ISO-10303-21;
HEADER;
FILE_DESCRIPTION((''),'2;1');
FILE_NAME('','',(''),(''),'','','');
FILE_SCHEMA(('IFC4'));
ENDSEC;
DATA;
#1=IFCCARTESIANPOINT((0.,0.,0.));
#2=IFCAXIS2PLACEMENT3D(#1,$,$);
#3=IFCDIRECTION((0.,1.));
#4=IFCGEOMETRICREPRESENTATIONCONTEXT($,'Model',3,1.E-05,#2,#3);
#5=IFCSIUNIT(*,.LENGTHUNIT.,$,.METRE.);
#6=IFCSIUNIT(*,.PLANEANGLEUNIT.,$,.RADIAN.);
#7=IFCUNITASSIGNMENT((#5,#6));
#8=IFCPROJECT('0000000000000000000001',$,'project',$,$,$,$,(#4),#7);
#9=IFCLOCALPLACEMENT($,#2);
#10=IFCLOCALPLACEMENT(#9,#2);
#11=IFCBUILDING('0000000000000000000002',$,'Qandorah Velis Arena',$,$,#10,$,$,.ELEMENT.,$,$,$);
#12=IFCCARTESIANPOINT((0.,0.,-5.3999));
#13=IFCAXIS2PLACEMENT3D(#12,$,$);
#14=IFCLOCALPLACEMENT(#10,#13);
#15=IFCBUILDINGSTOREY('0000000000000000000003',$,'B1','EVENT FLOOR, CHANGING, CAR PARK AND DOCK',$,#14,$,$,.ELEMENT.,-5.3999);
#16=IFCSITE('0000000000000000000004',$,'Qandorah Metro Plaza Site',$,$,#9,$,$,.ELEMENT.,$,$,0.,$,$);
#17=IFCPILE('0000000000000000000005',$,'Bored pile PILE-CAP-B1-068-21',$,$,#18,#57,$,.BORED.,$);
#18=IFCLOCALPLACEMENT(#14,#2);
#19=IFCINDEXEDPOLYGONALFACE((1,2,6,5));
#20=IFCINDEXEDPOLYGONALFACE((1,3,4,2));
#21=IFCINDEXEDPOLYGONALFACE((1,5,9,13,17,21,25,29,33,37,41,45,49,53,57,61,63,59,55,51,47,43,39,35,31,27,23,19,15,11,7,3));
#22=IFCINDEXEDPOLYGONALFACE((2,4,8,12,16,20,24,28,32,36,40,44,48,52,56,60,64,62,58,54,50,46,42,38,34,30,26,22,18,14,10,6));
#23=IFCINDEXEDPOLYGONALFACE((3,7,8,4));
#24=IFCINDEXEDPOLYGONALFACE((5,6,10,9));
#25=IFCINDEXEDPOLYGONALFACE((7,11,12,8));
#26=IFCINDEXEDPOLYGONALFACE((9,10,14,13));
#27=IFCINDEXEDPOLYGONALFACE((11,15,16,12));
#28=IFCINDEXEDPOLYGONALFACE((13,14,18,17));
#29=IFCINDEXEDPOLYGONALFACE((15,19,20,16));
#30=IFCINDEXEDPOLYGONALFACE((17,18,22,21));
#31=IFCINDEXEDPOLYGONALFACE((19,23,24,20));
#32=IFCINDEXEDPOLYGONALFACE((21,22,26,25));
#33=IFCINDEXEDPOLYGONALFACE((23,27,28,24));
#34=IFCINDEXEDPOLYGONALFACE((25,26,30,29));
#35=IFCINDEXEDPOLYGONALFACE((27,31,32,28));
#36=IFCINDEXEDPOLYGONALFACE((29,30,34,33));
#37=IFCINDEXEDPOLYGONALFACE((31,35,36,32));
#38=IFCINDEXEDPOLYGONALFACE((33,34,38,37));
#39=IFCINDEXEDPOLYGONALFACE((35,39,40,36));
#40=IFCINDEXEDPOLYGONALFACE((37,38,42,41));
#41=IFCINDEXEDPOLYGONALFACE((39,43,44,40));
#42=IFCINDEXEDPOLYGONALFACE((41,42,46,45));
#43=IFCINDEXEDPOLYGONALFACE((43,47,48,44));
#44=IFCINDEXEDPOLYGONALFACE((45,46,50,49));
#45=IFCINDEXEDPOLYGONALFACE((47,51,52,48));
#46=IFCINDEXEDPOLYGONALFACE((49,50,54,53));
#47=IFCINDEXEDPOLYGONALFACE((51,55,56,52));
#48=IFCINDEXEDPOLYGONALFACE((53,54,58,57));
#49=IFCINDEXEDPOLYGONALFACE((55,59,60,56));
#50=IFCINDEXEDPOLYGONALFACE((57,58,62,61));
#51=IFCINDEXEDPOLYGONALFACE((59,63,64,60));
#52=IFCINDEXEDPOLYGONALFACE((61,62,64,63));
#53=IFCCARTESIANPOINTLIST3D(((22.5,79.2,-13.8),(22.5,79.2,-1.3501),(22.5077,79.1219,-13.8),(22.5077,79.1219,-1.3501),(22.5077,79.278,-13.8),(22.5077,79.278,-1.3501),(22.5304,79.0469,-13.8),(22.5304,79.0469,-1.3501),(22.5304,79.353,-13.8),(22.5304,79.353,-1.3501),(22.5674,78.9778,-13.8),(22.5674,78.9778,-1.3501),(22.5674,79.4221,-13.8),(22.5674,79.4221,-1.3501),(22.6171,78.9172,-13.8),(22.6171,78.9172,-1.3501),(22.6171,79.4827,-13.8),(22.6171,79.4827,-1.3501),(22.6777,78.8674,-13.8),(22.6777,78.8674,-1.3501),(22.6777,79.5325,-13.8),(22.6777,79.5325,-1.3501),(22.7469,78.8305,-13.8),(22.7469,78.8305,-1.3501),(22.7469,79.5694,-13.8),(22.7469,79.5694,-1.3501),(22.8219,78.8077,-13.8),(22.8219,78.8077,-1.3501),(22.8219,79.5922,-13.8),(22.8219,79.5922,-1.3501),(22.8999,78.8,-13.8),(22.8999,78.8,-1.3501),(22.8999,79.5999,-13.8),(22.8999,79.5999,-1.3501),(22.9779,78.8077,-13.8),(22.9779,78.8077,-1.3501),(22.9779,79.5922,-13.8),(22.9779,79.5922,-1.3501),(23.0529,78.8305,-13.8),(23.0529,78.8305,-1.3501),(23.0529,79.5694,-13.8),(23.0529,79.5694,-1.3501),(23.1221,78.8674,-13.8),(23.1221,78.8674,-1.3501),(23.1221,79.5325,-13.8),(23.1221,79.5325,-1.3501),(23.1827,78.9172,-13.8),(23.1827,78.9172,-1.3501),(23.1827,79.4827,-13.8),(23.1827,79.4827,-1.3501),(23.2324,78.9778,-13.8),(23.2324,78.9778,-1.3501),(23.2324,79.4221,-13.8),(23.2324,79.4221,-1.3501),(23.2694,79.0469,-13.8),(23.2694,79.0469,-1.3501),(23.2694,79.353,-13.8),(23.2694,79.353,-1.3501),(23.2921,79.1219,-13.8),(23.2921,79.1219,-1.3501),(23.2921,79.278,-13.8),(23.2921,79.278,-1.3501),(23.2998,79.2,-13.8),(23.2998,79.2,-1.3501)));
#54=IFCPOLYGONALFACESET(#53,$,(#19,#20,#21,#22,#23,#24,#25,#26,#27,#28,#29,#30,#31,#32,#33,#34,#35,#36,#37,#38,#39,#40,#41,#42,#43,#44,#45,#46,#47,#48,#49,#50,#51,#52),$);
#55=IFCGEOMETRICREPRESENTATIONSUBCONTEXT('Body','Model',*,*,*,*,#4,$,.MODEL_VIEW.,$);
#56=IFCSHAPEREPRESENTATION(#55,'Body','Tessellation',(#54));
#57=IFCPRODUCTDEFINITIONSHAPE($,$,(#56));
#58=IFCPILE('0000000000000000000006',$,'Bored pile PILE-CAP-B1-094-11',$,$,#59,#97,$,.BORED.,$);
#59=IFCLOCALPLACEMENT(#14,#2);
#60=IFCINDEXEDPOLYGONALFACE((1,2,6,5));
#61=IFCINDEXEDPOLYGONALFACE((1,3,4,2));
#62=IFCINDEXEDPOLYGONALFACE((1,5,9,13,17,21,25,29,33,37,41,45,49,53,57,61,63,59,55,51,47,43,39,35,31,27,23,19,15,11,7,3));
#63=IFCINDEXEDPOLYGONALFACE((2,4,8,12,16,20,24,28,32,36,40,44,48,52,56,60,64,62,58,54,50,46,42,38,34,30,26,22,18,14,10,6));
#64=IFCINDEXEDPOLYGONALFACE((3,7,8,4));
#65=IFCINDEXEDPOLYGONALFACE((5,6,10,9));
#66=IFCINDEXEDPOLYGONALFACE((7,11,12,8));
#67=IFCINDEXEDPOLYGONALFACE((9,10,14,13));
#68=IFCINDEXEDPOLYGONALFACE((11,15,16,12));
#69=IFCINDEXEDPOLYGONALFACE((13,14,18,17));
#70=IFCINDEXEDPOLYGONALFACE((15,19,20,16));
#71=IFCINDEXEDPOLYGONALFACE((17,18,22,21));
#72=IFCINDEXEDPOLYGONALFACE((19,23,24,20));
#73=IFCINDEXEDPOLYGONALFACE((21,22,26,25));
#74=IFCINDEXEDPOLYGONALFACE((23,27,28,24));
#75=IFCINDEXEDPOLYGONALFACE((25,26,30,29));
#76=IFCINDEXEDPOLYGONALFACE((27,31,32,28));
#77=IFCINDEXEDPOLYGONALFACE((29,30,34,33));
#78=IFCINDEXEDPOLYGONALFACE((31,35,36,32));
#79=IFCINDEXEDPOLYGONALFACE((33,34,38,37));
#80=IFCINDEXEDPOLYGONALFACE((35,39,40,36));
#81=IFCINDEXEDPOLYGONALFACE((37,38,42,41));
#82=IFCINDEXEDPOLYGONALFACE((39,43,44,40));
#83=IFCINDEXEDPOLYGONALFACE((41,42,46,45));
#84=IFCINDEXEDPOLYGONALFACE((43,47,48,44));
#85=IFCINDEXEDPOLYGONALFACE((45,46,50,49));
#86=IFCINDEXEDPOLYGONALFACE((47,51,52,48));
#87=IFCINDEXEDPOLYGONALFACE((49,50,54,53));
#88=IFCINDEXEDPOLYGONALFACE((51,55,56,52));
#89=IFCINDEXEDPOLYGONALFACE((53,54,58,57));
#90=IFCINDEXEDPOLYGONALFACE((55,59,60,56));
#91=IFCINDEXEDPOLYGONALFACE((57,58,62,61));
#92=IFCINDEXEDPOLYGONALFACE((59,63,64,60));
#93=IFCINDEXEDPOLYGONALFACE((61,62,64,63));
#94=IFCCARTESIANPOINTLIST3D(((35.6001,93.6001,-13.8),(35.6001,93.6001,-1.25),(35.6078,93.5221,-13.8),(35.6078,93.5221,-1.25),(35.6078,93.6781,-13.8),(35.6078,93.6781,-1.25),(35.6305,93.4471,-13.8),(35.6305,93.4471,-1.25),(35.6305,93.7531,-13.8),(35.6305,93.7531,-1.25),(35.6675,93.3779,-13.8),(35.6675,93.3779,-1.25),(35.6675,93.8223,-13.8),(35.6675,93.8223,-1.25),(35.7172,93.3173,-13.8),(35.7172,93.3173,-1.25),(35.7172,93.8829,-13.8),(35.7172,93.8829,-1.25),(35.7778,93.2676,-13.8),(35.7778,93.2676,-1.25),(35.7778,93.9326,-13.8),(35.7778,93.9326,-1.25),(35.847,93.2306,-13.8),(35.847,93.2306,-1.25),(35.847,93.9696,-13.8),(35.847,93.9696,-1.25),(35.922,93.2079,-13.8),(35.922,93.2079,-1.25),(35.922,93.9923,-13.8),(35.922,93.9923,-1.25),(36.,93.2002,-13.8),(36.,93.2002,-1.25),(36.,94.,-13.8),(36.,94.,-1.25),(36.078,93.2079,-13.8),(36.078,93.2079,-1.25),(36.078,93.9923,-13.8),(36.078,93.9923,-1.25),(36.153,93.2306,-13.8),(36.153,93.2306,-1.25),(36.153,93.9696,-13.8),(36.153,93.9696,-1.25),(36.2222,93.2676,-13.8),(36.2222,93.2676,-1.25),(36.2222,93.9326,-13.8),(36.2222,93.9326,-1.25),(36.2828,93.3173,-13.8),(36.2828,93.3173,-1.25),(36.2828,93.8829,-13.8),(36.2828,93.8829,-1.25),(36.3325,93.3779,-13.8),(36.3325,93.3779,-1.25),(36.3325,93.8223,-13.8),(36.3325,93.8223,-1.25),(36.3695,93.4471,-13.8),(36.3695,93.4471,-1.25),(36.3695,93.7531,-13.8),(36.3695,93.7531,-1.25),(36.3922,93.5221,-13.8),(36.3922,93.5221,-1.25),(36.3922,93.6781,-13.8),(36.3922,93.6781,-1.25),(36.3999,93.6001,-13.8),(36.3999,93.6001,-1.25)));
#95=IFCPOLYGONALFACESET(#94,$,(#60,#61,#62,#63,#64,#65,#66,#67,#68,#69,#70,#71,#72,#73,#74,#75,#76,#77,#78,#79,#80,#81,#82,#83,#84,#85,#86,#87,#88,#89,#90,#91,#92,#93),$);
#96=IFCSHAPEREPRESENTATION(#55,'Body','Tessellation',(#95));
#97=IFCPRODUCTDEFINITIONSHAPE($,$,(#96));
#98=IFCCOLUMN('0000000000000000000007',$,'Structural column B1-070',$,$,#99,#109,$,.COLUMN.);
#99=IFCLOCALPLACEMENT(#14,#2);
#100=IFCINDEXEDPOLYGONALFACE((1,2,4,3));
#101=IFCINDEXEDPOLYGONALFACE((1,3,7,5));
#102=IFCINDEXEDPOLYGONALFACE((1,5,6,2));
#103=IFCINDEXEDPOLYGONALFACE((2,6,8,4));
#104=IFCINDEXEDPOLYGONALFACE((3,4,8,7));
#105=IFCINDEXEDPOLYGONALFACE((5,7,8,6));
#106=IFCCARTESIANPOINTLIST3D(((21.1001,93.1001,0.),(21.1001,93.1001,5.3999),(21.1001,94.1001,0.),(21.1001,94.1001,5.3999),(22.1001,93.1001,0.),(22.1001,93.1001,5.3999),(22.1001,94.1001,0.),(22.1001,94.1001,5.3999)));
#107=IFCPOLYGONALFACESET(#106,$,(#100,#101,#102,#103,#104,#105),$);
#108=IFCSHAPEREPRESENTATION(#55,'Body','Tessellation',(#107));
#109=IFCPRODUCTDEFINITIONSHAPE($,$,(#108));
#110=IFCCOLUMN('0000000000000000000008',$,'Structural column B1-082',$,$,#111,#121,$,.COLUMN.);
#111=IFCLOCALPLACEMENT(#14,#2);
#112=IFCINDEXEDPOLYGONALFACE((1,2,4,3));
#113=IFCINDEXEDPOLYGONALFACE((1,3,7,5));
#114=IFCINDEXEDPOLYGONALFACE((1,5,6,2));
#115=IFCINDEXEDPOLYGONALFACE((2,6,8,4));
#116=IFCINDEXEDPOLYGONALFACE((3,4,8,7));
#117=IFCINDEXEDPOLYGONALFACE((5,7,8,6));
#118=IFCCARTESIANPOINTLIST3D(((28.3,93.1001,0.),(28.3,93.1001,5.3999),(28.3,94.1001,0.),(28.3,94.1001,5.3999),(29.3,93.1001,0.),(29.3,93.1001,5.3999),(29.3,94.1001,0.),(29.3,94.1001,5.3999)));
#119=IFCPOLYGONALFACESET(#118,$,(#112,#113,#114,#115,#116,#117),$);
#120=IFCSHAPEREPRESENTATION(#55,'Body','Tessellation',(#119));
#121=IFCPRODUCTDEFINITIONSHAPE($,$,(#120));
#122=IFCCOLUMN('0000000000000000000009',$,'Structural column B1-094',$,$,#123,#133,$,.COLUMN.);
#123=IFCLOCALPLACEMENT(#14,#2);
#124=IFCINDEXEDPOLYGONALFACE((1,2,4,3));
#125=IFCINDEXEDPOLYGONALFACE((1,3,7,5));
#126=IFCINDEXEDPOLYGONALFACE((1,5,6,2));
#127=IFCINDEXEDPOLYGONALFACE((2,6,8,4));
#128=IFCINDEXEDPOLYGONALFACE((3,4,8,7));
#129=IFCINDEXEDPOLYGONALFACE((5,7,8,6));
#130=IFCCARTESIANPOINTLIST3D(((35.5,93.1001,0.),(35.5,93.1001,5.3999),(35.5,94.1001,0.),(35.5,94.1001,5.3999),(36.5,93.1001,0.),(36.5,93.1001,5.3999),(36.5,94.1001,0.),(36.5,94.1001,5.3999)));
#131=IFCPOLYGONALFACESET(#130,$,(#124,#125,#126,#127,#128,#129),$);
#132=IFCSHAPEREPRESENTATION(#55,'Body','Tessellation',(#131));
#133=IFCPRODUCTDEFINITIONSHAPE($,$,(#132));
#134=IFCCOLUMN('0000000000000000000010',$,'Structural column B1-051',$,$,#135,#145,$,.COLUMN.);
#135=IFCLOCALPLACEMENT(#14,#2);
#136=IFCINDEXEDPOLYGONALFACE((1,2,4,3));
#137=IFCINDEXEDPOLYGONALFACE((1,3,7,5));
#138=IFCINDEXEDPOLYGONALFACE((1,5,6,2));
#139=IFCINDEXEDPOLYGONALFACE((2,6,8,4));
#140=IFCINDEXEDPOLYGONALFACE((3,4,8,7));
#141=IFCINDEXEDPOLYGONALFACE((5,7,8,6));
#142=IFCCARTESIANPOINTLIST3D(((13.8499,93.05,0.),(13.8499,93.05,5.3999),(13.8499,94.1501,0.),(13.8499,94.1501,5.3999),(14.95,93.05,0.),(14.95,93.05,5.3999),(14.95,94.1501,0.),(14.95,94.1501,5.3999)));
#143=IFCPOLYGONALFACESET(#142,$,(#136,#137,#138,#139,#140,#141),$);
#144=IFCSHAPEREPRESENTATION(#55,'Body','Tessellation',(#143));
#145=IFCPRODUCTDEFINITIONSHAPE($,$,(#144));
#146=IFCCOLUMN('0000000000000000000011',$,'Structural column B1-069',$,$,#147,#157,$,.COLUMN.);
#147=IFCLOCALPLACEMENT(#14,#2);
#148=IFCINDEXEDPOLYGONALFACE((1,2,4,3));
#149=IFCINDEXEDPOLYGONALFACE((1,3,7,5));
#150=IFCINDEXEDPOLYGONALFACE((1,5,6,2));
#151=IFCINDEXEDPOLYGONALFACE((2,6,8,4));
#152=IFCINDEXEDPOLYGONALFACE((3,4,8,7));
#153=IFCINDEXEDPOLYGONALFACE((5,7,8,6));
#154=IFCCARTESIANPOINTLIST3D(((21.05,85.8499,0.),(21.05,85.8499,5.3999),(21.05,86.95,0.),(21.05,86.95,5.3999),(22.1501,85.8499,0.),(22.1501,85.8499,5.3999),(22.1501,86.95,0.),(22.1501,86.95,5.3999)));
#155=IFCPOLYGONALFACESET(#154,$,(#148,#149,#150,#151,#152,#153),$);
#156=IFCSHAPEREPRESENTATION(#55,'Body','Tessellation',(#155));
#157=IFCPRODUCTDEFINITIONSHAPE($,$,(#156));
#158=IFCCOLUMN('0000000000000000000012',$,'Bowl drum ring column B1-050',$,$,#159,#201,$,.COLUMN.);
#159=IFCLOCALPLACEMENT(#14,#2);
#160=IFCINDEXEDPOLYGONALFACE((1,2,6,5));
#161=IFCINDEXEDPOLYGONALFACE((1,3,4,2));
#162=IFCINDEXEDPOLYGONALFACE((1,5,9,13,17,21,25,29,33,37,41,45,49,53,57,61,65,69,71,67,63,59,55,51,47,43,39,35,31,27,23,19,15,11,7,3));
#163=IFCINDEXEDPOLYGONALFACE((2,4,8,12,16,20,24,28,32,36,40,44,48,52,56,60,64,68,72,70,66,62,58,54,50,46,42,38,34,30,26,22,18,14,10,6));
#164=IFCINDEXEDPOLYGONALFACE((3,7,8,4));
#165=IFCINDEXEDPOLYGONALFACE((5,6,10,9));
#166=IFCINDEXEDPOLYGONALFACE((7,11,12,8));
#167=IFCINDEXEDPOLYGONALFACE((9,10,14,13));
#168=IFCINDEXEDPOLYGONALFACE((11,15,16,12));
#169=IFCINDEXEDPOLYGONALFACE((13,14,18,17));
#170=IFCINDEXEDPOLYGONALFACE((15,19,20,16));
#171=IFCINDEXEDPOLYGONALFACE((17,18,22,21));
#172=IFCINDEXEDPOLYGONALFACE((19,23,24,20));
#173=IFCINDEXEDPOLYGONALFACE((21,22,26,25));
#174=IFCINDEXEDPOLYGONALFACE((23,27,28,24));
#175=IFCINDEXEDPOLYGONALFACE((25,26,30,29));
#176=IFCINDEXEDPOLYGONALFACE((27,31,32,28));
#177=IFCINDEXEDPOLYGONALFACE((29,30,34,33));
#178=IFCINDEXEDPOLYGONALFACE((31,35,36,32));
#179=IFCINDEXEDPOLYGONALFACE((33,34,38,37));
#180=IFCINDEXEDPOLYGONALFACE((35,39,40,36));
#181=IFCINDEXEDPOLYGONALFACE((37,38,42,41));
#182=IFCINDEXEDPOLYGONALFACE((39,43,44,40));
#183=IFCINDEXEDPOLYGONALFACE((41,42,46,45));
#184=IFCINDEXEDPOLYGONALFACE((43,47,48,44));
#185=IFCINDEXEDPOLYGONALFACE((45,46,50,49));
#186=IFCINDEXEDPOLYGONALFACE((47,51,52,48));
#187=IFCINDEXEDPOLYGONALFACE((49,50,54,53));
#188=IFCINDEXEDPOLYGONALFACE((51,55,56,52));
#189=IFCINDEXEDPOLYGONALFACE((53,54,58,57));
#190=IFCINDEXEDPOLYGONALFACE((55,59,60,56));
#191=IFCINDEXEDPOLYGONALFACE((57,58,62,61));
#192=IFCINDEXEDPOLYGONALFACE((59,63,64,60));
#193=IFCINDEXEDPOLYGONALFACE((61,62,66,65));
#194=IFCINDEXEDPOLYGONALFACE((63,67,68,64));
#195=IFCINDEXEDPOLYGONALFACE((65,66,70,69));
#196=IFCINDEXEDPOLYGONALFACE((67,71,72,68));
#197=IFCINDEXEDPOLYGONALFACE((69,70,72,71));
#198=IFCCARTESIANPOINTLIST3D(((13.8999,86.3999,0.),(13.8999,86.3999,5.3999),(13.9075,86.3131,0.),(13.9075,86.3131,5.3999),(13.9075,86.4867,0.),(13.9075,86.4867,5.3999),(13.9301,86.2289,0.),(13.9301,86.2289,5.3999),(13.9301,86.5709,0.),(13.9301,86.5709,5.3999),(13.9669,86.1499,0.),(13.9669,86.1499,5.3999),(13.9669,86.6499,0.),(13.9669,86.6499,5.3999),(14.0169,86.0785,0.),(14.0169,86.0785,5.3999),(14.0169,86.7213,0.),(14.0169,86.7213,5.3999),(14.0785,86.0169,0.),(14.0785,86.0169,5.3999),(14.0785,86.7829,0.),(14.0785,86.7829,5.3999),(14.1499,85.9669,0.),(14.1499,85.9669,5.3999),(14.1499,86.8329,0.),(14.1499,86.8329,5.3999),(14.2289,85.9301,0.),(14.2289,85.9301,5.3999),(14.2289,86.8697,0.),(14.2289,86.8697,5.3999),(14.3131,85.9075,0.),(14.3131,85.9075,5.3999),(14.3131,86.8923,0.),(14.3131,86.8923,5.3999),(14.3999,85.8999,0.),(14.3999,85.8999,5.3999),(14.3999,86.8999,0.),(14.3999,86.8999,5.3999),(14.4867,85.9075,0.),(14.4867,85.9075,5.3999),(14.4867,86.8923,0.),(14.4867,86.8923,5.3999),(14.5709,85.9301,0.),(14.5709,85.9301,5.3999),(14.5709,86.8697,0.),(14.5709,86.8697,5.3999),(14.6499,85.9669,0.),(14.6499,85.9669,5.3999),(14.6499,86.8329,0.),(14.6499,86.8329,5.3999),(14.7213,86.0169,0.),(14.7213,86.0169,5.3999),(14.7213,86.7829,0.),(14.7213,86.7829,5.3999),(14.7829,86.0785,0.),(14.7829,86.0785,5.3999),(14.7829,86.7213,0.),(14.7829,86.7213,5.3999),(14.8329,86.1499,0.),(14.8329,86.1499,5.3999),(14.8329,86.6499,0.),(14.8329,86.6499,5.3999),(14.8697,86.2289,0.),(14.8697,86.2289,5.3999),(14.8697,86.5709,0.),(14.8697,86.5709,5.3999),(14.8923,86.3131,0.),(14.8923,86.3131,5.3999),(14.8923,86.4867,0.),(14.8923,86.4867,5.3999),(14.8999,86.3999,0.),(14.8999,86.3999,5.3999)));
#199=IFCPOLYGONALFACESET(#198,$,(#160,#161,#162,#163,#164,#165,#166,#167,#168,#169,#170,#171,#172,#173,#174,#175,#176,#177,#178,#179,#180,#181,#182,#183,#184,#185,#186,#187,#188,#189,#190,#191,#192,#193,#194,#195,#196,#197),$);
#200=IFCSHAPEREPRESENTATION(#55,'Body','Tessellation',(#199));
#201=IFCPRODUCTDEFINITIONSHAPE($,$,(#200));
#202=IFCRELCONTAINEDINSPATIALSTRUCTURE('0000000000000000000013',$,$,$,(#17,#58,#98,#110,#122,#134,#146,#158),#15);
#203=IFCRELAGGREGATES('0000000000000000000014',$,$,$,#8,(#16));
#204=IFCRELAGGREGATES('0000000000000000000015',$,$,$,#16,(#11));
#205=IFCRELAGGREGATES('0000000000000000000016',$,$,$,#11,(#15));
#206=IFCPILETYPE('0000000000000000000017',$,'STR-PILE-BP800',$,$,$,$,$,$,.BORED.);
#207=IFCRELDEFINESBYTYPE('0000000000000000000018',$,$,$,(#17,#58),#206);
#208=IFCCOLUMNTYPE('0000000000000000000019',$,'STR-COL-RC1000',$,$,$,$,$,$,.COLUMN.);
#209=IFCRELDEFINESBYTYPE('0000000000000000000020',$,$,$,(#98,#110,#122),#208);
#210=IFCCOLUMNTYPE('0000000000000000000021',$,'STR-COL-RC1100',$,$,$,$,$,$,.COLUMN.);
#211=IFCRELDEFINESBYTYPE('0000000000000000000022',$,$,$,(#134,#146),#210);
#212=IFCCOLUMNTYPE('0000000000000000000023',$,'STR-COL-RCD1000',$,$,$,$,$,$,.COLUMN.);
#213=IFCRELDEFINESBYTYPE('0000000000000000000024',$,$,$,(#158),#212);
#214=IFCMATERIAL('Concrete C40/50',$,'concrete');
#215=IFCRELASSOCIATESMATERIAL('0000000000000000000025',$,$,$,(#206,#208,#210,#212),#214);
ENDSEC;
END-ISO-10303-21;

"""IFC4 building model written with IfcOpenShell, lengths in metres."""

from ifc_helpers import new_model, si_unit, direction, frame, origin, origin_2d, place, context, subcontext, project, spatial, rectangle, circle, extrude, material, material_profile, profile_set, type_object, element, save


model = new_model("IFC4")

# Units and contexts
model_context = context("Model", 3, precision=1e-05, world=origin(), true_north=direction((0.0, 1.0)))
body_context = subcontext(model_context, "Body", "Model", "MODEL_VIEW")
ifc_project = project(units=[si_unit("LENGTHUNIT", "METRE"), si_unit("PLANEANGLEUNIT", "RADIAN")], contexts=[model_context])

# Site, building, storey
site_placement = place(None, origin())
site = spatial("IfcSite", under=ifc_project, at=site_placement, Name="Qandorah Metro Plaza Site", CompositionType="ELEMENT", RefElevation=0.0)
building_placement = place(site_placement, origin())
building = spatial("IfcBuilding", under=site, at=building_placement, Name="Qandorah Velis Arena", CompositionType="ELEMENT")
storey_placement = place(building_placement, frame((0.0, 0.0, -5.3999)))
storey = spatial("IfcBuildingStorey", under=building, at=storey_placement, Name="B1", Description="EVENT FLOOR, CHANGING, CAR PARK AND DOCK", CompositionType="ELEMENT", Elevation=-5.3999)

# Shared definitions
ifc_material = material(Name="Concrete C40/50", Category="concrete")

# Piles
ifc_material_profile_1 = material_profile(ifc_material, circle(Radius=0.3999, at=origin_2d()), Name="BORED PILE D800")
ifc_profile_set_1 = profile_set([ifc_material_profile_1], Name="Concrete C40/50")
pile_type_1 = type_object("IfcPileType", Name="STR-PILE-BP800", PredefinedType="BORED", material=ifc_profile_set_1)
for number, where, z_axis, x_axis, name in (
    (1, (22.8999, 79.2, -1.3501), (0.0, 0.0, -1.0), (1.0, 0.0, 0.0), "Bored pile PILE-CAP-B1-068-21"),
):
    element("IfcPile", number, at=place(storey_placement, frame(where, z_axis=z_axis, x_axis=x_axis)), inside=storey, type_object=pile_type_1, Name=name, PredefinedType="BORED", context=body_context, shape_type="SweptSolid", body=[
        extrude(circle(Radius=0.3999, at=origin_2d()), origin(), (0.0, 0.0, 1.0), 12.45),
    ])
pile_1_placement = place(storey_placement, frame((36.0, 93.6001, -1.25), z_axis=(0.0, 0.0, -1.0), x_axis=(1.0, 0.0, 0.0)))
element("IfcPile", 2, at=pile_1_placement, inside=storey, type_object=pile_type_1, Name="Bored pile PILE-CAP-B1-094-11", PredefinedType="BORED", context=body_context, shape_type="SweptSolid", body=[
    extrude(circle(Radius=0.3999, at=origin_2d()), origin(), (0.0, 0.0, 1.0), 12.55),
])

# Columns
ifc_material_profile_2 = material_profile(ifc_material, rectangle(XDim=1.0, YDim=1.0, at=origin_2d()), Name="RC COL 1000x1000")
ifc_profile_set_2 = profile_set([ifc_material_profile_2], Name="Concrete C40/50")
column_type_1 = type_object("IfcColumnType", Name="STR-COL-RC1000", PredefinedType="COLUMN", material=ifc_profile_set_2)
for number, where, z_axis, x_axis, name in (
    (3, (21.6001, 93.6001, 0.0), (0.0, 0.0, 1.0), (1.0, 0.0, 0.0), "Structural column B1-070"),
    (4, (28.8, 93.6001, 0.0), (0.0, 0.0, 1.0), (1.0, 0.0, 0.0), "Structural column B1-082"),
    (5, (36.0, 93.6001, 0.0), (0.0, 0.0, 1.0), (1.0, 0.0, 0.0), "Structural column B1-094"),
):
    element("IfcColumn", number, at=place(storey_placement, frame(where, z_axis=z_axis, x_axis=x_axis)), inside=storey, type_object=column_type_1, Name=name, PredefinedType="COLUMN", context=body_context, shape_type="SweptSolid", body=[
        extrude(rectangle(XDim=1.0, YDim=1.0, at=origin_2d()), origin(), (0.0, 0.0, 1.0), 5.3999),
    ])
ifc_material_profile_3 = material_profile(ifc_material, rectangle(XDim=1.1001, YDim=1.1001, at=origin_2d()), Name="RC COL 1100x1100")
ifc_profile_set_3 = profile_set([ifc_material_profile_3], Name="Concrete C40/50")
column_type_2 = type_object("IfcColumnType", Name="STR-COL-RC1100", PredefinedType="COLUMN", material=ifc_profile_set_3)
for number, where, z_axis, x_axis, name in (
    (6, (14.3999, 93.6001, 0.0), (0.0, 0.0, 1.0), (1.0, 0.0, 0.0), "Structural column B1-051"),
    (7, (21.6001, 86.3999, 0.0), (0.0, 0.0, 1.0), (1.0, 0.0, 0.0), "Structural column B1-069"),
):
    element("IfcColumn", number, at=place(storey_placement, frame(where, z_axis=z_axis, x_axis=x_axis)), inside=storey, type_object=column_type_2, Name=name, PredefinedType="COLUMN", context=body_context, shape_type="SweptSolid", body=[
        extrude(rectangle(XDim=1.1001, YDim=1.1001, at=origin_2d()), origin(), (0.0, 0.0, 1.0), 5.3999),
    ])
ifc_material_profile_4 = material_profile(ifc_material, circle(Radius=0.5, at=origin_2d()), Name="RC D1000")
ifc_profile_set_4 = profile_set([ifc_material_profile_4], Name="Concrete C40/50")
column_type_3 = type_object("IfcColumnType", Name="STR-COL-RCD1000", PredefinedType="COLUMN", material=ifc_profile_set_4)
column_1_placement = place(storey_placement, frame((14.3999, 86.3999, 0.0), z_axis=(0.0, 0.0, 1.0), x_axis=(1.0, 0.0, 0.0)))
element("IfcColumn", 8, at=column_1_placement, inside=storey, type_object=column_type_3, Name="Bowl drum ring column B1-050", PredefinedType="COLUMN", context=body_context, shape_type="SweptSolid", body=[
    extrude(circle(Radius=0.5, at=origin_2d()), origin(), (0.0, 0.0, 1.0), 5.3999),
])

save(model, "model.ifc")
